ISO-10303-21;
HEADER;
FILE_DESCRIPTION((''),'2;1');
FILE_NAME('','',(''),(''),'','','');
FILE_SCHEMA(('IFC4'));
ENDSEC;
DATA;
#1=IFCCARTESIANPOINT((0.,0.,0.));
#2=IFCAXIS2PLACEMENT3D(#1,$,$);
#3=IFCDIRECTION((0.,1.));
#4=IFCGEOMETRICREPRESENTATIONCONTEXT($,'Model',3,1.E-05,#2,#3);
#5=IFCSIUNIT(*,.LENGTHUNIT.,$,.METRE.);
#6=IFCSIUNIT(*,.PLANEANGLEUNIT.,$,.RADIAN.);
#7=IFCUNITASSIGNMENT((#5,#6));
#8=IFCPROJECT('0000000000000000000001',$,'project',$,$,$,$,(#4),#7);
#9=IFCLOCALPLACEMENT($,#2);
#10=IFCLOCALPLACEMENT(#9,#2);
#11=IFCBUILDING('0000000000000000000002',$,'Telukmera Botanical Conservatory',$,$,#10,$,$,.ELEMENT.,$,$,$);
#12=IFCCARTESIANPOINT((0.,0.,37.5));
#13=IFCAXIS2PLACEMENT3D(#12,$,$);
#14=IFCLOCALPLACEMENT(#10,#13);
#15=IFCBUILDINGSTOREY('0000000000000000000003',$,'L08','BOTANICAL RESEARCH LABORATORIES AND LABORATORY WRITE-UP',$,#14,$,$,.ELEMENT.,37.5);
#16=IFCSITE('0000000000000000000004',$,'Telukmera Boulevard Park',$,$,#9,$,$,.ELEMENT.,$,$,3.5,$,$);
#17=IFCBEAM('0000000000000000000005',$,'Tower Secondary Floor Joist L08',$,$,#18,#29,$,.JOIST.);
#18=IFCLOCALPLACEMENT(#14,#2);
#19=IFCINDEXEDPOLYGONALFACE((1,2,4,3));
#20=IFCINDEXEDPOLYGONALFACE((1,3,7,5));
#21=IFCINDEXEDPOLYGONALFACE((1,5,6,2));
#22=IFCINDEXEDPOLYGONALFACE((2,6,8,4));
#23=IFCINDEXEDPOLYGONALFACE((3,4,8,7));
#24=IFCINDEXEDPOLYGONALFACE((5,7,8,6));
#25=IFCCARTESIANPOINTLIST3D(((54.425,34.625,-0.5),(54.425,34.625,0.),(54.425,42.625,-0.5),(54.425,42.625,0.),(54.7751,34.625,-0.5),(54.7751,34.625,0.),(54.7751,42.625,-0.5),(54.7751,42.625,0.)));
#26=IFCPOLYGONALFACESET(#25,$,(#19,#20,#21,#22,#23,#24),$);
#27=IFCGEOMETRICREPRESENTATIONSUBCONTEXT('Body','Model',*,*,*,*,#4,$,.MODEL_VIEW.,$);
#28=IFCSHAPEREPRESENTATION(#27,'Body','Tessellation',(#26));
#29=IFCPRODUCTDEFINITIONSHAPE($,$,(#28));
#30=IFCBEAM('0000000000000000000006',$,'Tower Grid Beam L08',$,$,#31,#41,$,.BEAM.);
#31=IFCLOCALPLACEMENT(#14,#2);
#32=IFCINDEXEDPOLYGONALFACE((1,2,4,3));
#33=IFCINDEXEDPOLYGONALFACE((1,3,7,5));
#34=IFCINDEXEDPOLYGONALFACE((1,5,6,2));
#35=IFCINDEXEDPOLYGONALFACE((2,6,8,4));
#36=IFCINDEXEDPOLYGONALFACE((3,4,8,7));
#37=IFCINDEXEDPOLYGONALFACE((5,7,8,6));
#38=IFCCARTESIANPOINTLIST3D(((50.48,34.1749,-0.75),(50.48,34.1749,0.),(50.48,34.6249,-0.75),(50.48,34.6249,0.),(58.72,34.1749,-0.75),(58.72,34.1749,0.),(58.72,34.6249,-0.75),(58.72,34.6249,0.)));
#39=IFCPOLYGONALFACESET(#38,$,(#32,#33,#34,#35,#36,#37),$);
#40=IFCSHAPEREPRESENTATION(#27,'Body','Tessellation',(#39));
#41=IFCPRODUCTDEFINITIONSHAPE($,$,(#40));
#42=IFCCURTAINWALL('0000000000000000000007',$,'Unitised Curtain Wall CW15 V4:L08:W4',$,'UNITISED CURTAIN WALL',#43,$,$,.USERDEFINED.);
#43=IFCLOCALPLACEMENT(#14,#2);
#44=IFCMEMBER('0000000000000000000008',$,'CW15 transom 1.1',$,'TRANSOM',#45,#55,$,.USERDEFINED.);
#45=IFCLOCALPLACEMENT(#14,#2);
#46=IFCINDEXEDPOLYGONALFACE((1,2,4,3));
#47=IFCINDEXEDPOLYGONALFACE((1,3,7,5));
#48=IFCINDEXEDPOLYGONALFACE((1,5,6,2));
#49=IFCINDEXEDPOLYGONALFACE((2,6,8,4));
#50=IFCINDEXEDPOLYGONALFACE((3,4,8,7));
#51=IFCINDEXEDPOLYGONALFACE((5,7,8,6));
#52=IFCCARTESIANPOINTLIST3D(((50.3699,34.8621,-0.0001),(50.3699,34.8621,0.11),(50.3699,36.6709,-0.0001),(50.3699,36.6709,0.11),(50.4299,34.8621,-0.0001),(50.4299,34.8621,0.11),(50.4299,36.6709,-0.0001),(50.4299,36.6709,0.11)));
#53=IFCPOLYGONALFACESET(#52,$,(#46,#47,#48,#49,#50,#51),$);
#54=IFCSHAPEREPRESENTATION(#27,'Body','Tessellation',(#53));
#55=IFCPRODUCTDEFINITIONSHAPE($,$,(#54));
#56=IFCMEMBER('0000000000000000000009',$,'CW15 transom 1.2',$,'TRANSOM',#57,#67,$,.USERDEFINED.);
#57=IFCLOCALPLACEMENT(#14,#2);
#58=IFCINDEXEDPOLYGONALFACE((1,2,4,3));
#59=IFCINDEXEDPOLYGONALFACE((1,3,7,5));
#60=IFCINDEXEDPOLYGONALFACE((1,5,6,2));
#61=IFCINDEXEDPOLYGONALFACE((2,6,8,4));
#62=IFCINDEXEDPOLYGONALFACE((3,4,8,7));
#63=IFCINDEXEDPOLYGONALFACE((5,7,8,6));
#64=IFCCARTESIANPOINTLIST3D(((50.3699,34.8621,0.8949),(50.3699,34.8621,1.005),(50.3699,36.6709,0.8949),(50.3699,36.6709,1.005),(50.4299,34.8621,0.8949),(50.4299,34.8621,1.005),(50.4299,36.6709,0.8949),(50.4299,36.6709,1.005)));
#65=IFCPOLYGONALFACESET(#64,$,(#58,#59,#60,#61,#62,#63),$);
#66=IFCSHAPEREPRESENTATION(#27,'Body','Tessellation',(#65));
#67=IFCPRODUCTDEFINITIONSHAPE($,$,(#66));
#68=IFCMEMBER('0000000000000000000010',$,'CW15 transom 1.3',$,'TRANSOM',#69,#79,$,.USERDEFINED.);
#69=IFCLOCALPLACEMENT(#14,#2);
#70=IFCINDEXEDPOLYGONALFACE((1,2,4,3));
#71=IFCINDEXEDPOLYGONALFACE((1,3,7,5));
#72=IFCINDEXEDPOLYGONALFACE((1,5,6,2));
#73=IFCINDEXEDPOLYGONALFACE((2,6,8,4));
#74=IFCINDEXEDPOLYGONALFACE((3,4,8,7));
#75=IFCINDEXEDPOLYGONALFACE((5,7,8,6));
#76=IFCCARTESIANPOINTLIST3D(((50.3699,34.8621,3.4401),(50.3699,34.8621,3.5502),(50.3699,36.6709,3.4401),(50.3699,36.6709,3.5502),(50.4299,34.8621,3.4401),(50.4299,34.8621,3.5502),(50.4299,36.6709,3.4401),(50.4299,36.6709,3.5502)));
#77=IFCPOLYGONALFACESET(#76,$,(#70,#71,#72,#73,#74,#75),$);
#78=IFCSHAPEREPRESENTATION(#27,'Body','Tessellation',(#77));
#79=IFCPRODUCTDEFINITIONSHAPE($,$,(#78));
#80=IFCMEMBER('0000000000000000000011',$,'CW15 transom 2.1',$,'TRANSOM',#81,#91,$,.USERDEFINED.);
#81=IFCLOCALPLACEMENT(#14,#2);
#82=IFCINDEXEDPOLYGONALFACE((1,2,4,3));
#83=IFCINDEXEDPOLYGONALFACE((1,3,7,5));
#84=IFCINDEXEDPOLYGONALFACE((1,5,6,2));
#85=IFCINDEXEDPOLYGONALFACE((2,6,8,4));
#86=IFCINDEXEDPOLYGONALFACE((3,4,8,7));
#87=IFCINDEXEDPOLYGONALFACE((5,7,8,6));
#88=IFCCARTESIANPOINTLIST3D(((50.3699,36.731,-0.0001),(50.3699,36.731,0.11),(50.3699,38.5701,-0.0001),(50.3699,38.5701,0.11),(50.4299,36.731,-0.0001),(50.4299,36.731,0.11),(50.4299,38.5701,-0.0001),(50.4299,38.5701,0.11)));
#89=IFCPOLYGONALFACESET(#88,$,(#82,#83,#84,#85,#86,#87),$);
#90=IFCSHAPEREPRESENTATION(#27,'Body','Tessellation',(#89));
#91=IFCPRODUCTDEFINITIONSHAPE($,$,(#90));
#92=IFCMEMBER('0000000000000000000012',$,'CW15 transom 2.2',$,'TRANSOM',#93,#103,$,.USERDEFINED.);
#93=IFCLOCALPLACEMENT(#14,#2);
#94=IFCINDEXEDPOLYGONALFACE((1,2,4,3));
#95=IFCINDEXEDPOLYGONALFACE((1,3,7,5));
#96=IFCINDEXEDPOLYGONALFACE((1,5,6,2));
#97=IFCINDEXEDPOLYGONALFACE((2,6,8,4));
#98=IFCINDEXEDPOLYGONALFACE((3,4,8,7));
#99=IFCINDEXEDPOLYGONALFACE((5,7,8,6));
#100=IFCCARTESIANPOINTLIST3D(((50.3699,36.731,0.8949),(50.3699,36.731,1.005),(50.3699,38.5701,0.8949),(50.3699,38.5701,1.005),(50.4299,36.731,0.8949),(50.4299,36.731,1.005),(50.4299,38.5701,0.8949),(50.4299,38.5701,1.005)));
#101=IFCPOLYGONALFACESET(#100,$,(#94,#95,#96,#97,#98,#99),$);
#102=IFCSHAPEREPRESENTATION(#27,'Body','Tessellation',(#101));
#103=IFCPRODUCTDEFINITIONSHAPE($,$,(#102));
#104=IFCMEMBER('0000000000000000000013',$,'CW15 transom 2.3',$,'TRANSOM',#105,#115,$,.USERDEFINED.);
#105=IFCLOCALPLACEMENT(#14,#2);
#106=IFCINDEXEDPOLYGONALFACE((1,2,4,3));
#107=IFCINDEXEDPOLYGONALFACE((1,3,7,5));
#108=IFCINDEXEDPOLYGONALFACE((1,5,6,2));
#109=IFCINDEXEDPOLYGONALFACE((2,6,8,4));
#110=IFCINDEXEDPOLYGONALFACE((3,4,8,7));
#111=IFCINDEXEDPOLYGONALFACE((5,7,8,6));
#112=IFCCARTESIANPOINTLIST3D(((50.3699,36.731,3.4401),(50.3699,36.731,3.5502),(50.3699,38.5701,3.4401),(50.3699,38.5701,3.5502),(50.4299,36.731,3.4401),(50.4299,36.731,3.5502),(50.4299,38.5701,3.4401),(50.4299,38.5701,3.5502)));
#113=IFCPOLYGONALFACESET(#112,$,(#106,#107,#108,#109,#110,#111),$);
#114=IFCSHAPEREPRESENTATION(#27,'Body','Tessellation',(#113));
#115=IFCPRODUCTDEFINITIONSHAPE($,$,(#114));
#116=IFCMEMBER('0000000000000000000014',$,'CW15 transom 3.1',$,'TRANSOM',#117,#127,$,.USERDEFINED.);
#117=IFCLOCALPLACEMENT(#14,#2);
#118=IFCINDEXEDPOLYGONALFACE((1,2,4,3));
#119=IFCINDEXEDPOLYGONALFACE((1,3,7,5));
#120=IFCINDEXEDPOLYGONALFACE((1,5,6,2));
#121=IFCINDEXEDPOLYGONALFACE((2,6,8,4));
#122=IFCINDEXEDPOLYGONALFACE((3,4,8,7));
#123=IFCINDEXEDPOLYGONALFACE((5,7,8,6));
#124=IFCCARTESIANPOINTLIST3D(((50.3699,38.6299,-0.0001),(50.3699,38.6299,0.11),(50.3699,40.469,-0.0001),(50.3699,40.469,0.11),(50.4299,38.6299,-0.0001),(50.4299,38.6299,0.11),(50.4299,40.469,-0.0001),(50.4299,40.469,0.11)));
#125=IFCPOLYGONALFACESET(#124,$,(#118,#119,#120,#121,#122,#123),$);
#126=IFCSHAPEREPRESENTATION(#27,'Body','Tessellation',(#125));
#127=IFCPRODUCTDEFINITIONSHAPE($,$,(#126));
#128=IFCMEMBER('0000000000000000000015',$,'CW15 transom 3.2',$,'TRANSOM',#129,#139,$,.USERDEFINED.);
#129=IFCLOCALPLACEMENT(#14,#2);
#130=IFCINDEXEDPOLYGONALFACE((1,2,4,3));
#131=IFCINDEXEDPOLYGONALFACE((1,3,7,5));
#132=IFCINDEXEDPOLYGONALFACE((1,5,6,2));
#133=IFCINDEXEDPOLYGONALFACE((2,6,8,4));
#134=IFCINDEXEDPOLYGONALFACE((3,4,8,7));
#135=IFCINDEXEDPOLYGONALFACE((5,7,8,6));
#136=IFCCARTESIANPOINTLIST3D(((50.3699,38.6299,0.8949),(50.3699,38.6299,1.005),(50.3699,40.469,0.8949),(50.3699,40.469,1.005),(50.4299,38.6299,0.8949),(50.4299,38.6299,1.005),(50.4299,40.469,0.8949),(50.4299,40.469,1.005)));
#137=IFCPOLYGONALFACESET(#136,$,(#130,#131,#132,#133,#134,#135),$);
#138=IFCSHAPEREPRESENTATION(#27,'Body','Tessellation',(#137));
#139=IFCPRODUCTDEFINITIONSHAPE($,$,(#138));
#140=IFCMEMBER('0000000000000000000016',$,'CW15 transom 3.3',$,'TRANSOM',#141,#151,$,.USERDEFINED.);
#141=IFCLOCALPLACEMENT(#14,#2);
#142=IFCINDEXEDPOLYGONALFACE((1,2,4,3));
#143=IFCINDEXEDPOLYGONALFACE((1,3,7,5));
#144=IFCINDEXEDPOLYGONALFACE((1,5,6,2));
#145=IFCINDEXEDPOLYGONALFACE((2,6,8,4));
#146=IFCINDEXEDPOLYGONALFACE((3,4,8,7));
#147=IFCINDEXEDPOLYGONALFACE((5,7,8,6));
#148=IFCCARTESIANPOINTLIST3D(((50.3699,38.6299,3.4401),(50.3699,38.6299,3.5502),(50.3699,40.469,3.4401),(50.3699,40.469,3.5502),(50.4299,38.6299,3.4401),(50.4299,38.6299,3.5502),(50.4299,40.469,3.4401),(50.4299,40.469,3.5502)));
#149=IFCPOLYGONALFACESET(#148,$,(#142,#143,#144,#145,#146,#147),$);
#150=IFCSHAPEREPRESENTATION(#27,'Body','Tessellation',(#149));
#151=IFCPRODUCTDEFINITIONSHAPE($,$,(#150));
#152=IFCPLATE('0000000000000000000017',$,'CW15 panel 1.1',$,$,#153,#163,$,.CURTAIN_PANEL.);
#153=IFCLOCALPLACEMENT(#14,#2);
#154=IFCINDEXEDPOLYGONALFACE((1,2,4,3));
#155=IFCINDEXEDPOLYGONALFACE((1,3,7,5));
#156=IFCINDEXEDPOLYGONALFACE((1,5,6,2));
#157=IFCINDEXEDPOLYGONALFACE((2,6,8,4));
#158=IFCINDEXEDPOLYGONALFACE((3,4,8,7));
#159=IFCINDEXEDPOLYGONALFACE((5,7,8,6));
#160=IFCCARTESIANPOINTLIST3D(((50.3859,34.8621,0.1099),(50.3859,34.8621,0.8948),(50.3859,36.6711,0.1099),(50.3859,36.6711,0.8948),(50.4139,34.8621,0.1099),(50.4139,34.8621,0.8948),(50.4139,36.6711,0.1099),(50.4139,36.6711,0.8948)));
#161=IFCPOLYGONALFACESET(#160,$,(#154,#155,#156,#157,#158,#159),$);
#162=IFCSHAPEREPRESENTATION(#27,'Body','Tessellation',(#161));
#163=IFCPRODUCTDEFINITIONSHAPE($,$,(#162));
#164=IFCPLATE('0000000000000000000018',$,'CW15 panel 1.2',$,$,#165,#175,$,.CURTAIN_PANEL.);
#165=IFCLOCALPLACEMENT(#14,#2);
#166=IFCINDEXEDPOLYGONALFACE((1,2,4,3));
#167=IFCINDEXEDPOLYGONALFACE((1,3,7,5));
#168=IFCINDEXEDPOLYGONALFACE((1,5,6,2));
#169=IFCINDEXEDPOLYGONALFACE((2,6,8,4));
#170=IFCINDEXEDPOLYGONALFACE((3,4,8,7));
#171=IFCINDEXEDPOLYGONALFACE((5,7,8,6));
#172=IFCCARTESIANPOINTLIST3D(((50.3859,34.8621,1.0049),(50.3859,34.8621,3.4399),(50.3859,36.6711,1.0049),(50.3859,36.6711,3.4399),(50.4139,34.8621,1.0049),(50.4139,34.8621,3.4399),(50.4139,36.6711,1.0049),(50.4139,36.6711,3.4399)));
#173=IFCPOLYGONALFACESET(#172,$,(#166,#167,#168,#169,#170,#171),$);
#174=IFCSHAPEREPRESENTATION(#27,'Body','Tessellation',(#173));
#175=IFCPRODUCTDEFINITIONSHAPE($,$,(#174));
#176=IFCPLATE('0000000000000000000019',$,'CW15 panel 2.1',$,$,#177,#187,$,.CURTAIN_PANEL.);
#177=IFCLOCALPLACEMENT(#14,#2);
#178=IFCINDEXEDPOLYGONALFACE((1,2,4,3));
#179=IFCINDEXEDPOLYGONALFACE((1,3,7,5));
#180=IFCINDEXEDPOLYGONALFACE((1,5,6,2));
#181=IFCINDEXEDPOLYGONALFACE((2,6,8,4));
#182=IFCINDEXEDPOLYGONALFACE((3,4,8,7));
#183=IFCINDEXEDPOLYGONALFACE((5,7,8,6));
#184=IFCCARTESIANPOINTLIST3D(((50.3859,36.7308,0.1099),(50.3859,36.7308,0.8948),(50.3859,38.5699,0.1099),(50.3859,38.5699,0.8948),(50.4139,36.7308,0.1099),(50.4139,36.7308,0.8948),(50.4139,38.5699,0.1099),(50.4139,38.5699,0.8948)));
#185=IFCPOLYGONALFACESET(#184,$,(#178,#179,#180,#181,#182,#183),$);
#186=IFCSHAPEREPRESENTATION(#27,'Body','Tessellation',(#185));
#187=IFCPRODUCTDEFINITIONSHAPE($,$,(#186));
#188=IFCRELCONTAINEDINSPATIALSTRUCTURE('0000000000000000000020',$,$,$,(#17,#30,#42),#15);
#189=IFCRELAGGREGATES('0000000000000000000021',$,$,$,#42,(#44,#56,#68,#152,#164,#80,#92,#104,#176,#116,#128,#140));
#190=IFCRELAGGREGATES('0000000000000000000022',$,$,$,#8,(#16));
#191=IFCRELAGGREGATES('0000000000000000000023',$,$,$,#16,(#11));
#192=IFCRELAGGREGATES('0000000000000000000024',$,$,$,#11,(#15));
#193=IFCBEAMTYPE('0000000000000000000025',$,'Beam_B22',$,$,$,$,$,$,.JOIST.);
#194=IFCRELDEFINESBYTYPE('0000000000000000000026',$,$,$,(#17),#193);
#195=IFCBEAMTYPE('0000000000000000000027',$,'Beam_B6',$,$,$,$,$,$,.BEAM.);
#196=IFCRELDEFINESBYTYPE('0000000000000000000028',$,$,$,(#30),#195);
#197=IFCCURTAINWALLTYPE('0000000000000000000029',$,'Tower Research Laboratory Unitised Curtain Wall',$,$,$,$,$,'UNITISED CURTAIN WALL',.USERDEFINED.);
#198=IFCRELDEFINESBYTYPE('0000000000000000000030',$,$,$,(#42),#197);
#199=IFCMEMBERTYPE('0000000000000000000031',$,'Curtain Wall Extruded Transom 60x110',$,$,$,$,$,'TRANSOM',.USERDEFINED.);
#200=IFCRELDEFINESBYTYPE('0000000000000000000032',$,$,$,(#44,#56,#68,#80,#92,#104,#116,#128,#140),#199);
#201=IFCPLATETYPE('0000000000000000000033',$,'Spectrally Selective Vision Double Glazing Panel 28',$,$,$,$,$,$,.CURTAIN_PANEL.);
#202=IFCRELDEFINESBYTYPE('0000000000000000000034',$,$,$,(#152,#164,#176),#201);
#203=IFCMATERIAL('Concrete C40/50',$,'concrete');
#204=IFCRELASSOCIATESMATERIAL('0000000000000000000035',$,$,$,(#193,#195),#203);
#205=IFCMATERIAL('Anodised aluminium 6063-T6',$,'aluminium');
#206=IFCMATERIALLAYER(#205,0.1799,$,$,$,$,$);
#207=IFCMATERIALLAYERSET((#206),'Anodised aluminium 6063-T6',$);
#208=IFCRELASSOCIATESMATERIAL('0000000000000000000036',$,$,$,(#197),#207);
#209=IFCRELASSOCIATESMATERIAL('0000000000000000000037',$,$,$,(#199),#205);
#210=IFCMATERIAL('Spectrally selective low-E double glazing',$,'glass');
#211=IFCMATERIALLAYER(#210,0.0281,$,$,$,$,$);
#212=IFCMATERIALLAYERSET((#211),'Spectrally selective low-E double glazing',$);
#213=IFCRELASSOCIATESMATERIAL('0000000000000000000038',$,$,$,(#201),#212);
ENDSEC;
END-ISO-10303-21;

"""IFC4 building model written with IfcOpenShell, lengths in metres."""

from ifc_helpers import new_model, si_unit, direction, frame, origin, origin_2d, place, context, subcontext, project, spatial, rectangle, extrude, material, layer, layer_set, material_profile, profile_set, type_object, element, aggregate, save


model = new_model("IFC4")

# Units and contexts
model_context = context("Model", 3, precision=1e-05, world=origin(), true_north=direction((0.0, 1.0)))
body_context = subcontext(model_context, "Body", "Model", "MODEL_VIEW")
ifc_project = project(units=[si_unit("LENGTHUNIT", "METRE"), si_unit("PLANEANGLEUNIT", "RADIAN")], contexts=[model_context])

# Site, building, storey
site_placement = place(None, origin())
site = spatial("IfcSite", under=ifc_project, at=site_placement, Name="Telukmera Boulevard Park", CompositionType="ELEMENT", RefElevation=3.5)
building_placement = place(site_placement, origin())
building = spatial("IfcBuilding", under=site, at=building_placement, Name="Telukmera Botanical Conservatory", CompositionType="ELEMENT")
storey_placement = place(building_placement, frame((0.0, 0.0, 37.5)))
storey = spatial("IfcBuildingStorey", under=building, at=storey_placement, Name="L08", Description="BOTANICAL RESEARCH LABORATORIES AND LABORATORY WRITE-UP", CompositionType="ELEMENT", Elevation=37.5)

# Beams
ifc_material_1 = material(Name="Concrete C40/50", Category="concrete")
ifc_material_profile_1 = material_profile(ifc_material_1, rectangle(XDim=0.3501, YDim=0.5, at=origin_2d()), Name="RC 350x500")
ifc_profile_set_1 = profile_set([ifc_material_profile_1], Name="Concrete C40/50")
beam_type_1 = type_object("IfcBeamType", Name="Beam_B22", PredefinedType="JOIST", material=ifc_profile_set_1)
beam_1_placement = place(storey_placement, frame((54.6001, 34.625, -0.25), z_axis=(0.0, 1.0, 0.0), x_axis=(-1.0, 0.0, 0.0)))
element("IfcBeam", 1, at=beam_1_placement, inside=storey, type_object=beam_type_1, Name="Tower Secondary Floor Joist L08", PredefinedType="JOIST", context=body_context, shape_type="SweptSolid", body=[
    extrude(rectangle(XDim=0.3501, YDim=0.5, at=origin_2d()), origin(), (0.0, 0.0, 1.0), 8.0),
])
ifc_material_profile_2 = material_profile(ifc_material_1, rectangle(XDim=0.45, YDim=0.75, at=origin_2d()), Name="RC 450x750")
ifc_profile_set_2 = profile_set([ifc_material_profile_2], Name="Concrete C40/50")
beam_type_2 = type_object("IfcBeamType", Name="Beam_B6", PredefinedType="BEAM", material=ifc_profile_set_2)
beam_2_placement = place(storey_placement, frame((50.48, 34.3999, -0.375), z_axis=(1.0, 0.0, 0.0), x_axis=(0.0, 1.0, 0.0)))
element("IfcBeam", 2, at=beam_2_placement, inside=storey, type_object=beam_type_2, Name="Tower Grid Beam L08", PredefinedType="BEAM", context=body_context, shape_type="SweptSolid", body=[
    extrude(rectangle(XDim=0.45, YDim=0.75, at=origin_2d()), origin(), (0.0, 0.0, 1.0), 8.24),
])

# Curtain wall, members, plates
ifc_material_2 = material(Name="Anodised aluminium 6063-T6", Category="aluminium")
ifc_layer_1 = layer(ifc_material_2, 0.1799)
ifc_layer_set_1 = layer_set([ifc_layer_1], Name="Anodised aluminium 6063-T6")
curtain_wall_type = type_object("IfcCurtainWallType", Name="Tower Research Laboratory Unitised Curtain Wall", ElementType="UNITISED CURTAIN WALL", PredefinedType="USERDEFINED", material=ifc_layer_set_1)
curtain_wall_placement = place(storey_placement, origin())
curtain_wall = element("IfcCurtainWall", 3, at=curtain_wall_placement, inside=storey, type_object=curtain_wall_type, Name="Unitised Curtain Wall CW15 V4:L08:W4", ObjectType="UNITISED CURTAIN WALL", PredefinedType="USERDEFINED")
ifc_material_profile_3 = material_profile(ifc_material_2, rectangle(XDim=0.0601, YDim=0.1101, at=origin_2d()), Name="ALU TRAN 60x110")
ifc_profile_set_3 = profile_set([ifc_material_profile_3], Name="Anodised aluminium 6063-T6")
member_type = type_object("IfcMemberType", Name="Curtain Wall Extruded Transom 60x110", ElementType="TRANSOM", PredefinedType="USERDEFINED", material=ifc_profile_set_3)
member_1_placement = place(storey_placement, frame((50.3999, 34.8621, 0.0549), z_axis=(0.0, 1.0, 0.0), x_axis=(-1.0, 0.0, 0.0)))
member_1 = element("IfcMember", 4, at=member_1_placement, type_object=member_type, Name="CW15 transom 1.1", ObjectType="TRANSOM", PredefinedType="USERDEFINED", context=body_context, shape_type="SweptSolid", body=[
    extrude(rectangle(XDim=0.0601, YDim=0.1101, at=origin_2d()), origin(), (0.0, 0.0, 1.0), 1.8088),
])
member_2_placement = place(storey_placement, frame((50.3999, 34.8621, 0.95), z_axis=(0.0, 1.0, 0.0), x_axis=(-1.0, 0.0, 0.0)))
member_2 = element("IfcMember", 5, at=member_2_placement, type_object=member_type, Name="CW15 transom 1.2", ObjectType="TRANSOM", PredefinedType="USERDEFINED", context=body_context, shape_type="SweptSolid", body=[
    extrude(rectangle(XDim=0.0601, YDim=0.1101, at=origin_2d()), origin(), (0.0, 0.0, 1.0), 1.8088),
])
member_3_placement = place(storey_placement, frame((50.3999, 34.8621, 3.4951), z_axis=(0.0, 1.0, 0.0), x_axis=(-1.0, 0.0, 0.0)))
member_3 = element("IfcMember", 6, at=member_3_placement, type_object=member_type, Name="CW15 transom 1.3", ObjectType="TRANSOM", PredefinedType="USERDEFINED", context=body_context, shape_type="SweptSolid", body=[
    extrude(rectangle(XDim=0.0601, YDim=0.1101, at=origin_2d()), origin(), (0.0, 0.0, 1.0), 1.8088),
])
member_4_placement = place(storey_placement, frame((50.3999, 36.731, 0.0549), z_axis=(0.0, 1.0, 0.0), x_axis=(-1.0, 0.0, 0.0)))
member_4 = element("IfcMember", 7, at=member_4_placement, type_object=member_type, Name="CW15 transom 2.1", ObjectType="TRANSOM", PredefinedType="USERDEFINED", context=body_context, shape_type="SweptSolid", body=[
    extrude(rectangle(XDim=0.0601, YDim=0.1101, at=origin_2d()), origin(), (0.0, 0.0, 1.0), 1.8391),
])
member_5_placement = place(storey_placement, frame((50.3999, 36.731, 0.95), z_axis=(0.0, 1.0, 0.0), x_axis=(-1.0, 0.0, 0.0)))
member_5 = element("IfcMember", 8, at=member_5_placement, type_object=member_type, Name="CW15 transom 2.2", ObjectType="TRANSOM", PredefinedType="USERDEFINED", context=body_context, shape_type="SweptSolid", body=[
    extrude(rectangle(XDim=0.0601, YDim=0.1101, at=origin_2d()), origin(), (0.0, 0.0, 1.0), 1.8391),
])
member_6_placement = place(storey_placement, frame((50.3999, 36.731, 3.4951), z_axis=(0.0, 1.0, 0.0), x_axis=(-1.0, 0.0, 0.0)))
member_6 = element("IfcMember", 9, at=member_6_placement, type_object=member_type, Name="CW15 transom 2.3", ObjectType="TRANSOM", PredefinedType="USERDEFINED", context=body_context, shape_type="SweptSolid", body=[
    extrude(rectangle(XDim=0.0601, YDim=0.1101, at=origin_2d()), origin(), (0.0, 0.0, 1.0), 1.8391),
])
member_7_placement = place(storey_placement, frame((50.3999, 38.6299, 0.0549), z_axis=(0.0, 1.0, 0.0), x_axis=(-1.0, 0.0, 0.0)))
member_7 = element("IfcMember", 10, at=member_7_placement, type_object=member_type, Name="CW15 transom 3.1", ObjectType="TRANSOM", PredefinedType="USERDEFINED", context=body_context, shape_type="SweptSolid", body=[
    extrude(rectangle(XDim=0.0601, YDim=0.1101, at=origin_2d()), origin(), (0.0, 0.0, 1.0), 1.8391),
])
member_8_placement = place(storey_placement, frame((50.3999, 38.6299, 0.95), z_axis=(0.0, 1.0, 0.0), x_axis=(-1.0, 0.0, 0.0)))
member_8 = element("IfcMember", 11, at=member_8_placement, type_object=member_type, Name="CW15 transom 3.2", ObjectType="TRANSOM", PredefinedType="USERDEFINED", context=body_context, shape_type="SweptSolid", body=[
    extrude(rectangle(XDim=0.0601, YDim=0.1101, at=origin_2d()), origin(), (0.0, 0.0, 1.0), 1.8391),
])
member_9_placement = place(storey_placement, frame((50.3999, 38.6299, 3.4951), z_axis=(0.0, 1.0, 0.0), x_axis=(-1.0, 0.0, 0.0)))
member_9 = element("IfcMember", 12, at=member_9_placement, type_object=member_type, Name="CW15 transom 3.3", ObjectType="TRANSOM", PredefinedType="USERDEFINED", context=body_context, shape_type="SweptSolid", body=[
    extrude(rectangle(XDim=0.0601, YDim=0.1101, at=origin_2d()), origin(), (0.0, 0.0, 1.0), 1.8391),
])
ifc_material_3 = material(Name="Spectrally selective low-E double glazing", Category="glass")
ifc_layer_2 = layer(ifc_material_3, 0.0281)
ifc_layer_set_2 = layer_set([ifc_layer_2], Name="Spectrally selective low-E double glazing")
plate_type = type_object("IfcPlateType", Name="Spectrally Selective Vision Double Glazing Panel 28", PredefinedType="CURTAIN_PANEL", material=ifc_layer_set_2)
plate_1_placement = place(storey_placement, frame((50.3999, 35.7666, 0.1099), z_axis=(0.0, 0.0, 1.0), x_axis=(0.0, 1.0, 0.0)))
plate_1 = element("IfcPlate", 13, at=plate_1_placement, type_object=plate_type, Name="CW15 panel 1.1", PredefinedType="CURTAIN_PANEL", context=body_context, shape_type="SweptSolid", body=[
    extrude(rectangle(XDim=1.8091, YDim=0.0281, at=origin_2d()), origin(), (0.0, 0.0, 1.0), 0.7849),
])
plate_2_placement = place(storey_placement, frame((50.3999, 35.7666, 1.0049), z_axis=(0.0, 0.0, 1.0), x_axis=(0.0, 1.0, 0.0)))
plate_2 = element("IfcPlate", 14, at=plate_2_placement, type_object=plate_type, Name="CW15 panel 1.2", PredefinedType="CURTAIN_PANEL", context=body_context, shape_type="SweptSolid", body=[
    extrude(rectangle(XDim=1.8091, YDim=0.0281, at=origin_2d()), origin(), (0.0, 0.0, 1.0), 2.4351),
])
plate_3_placement = place(storey_placement, frame((50.3999, 37.6504, 0.1099), z_axis=(0.0, 0.0, 1.0), x_axis=(0.0, 1.0, 0.0)))
plate_3 = element("IfcPlate", 15, at=plate_3_placement, type_object=plate_type, Name="CW15 panel 2.1", PredefinedType="CURTAIN_PANEL", context=body_context, shape_type="SweptSolid", body=[
    extrude(rectangle(XDim=1.8391, YDim=0.0281, at=origin_2d()), origin(), (0.0, 0.0, 1.0), 0.7849),
])
aggregate(curtain_wall, [member_1, member_2, member_3, plate_1, plate_2, member_4, member_5, member_6, plate_3, member_7, member_8, member_9])

save(model, "model.ifc")
